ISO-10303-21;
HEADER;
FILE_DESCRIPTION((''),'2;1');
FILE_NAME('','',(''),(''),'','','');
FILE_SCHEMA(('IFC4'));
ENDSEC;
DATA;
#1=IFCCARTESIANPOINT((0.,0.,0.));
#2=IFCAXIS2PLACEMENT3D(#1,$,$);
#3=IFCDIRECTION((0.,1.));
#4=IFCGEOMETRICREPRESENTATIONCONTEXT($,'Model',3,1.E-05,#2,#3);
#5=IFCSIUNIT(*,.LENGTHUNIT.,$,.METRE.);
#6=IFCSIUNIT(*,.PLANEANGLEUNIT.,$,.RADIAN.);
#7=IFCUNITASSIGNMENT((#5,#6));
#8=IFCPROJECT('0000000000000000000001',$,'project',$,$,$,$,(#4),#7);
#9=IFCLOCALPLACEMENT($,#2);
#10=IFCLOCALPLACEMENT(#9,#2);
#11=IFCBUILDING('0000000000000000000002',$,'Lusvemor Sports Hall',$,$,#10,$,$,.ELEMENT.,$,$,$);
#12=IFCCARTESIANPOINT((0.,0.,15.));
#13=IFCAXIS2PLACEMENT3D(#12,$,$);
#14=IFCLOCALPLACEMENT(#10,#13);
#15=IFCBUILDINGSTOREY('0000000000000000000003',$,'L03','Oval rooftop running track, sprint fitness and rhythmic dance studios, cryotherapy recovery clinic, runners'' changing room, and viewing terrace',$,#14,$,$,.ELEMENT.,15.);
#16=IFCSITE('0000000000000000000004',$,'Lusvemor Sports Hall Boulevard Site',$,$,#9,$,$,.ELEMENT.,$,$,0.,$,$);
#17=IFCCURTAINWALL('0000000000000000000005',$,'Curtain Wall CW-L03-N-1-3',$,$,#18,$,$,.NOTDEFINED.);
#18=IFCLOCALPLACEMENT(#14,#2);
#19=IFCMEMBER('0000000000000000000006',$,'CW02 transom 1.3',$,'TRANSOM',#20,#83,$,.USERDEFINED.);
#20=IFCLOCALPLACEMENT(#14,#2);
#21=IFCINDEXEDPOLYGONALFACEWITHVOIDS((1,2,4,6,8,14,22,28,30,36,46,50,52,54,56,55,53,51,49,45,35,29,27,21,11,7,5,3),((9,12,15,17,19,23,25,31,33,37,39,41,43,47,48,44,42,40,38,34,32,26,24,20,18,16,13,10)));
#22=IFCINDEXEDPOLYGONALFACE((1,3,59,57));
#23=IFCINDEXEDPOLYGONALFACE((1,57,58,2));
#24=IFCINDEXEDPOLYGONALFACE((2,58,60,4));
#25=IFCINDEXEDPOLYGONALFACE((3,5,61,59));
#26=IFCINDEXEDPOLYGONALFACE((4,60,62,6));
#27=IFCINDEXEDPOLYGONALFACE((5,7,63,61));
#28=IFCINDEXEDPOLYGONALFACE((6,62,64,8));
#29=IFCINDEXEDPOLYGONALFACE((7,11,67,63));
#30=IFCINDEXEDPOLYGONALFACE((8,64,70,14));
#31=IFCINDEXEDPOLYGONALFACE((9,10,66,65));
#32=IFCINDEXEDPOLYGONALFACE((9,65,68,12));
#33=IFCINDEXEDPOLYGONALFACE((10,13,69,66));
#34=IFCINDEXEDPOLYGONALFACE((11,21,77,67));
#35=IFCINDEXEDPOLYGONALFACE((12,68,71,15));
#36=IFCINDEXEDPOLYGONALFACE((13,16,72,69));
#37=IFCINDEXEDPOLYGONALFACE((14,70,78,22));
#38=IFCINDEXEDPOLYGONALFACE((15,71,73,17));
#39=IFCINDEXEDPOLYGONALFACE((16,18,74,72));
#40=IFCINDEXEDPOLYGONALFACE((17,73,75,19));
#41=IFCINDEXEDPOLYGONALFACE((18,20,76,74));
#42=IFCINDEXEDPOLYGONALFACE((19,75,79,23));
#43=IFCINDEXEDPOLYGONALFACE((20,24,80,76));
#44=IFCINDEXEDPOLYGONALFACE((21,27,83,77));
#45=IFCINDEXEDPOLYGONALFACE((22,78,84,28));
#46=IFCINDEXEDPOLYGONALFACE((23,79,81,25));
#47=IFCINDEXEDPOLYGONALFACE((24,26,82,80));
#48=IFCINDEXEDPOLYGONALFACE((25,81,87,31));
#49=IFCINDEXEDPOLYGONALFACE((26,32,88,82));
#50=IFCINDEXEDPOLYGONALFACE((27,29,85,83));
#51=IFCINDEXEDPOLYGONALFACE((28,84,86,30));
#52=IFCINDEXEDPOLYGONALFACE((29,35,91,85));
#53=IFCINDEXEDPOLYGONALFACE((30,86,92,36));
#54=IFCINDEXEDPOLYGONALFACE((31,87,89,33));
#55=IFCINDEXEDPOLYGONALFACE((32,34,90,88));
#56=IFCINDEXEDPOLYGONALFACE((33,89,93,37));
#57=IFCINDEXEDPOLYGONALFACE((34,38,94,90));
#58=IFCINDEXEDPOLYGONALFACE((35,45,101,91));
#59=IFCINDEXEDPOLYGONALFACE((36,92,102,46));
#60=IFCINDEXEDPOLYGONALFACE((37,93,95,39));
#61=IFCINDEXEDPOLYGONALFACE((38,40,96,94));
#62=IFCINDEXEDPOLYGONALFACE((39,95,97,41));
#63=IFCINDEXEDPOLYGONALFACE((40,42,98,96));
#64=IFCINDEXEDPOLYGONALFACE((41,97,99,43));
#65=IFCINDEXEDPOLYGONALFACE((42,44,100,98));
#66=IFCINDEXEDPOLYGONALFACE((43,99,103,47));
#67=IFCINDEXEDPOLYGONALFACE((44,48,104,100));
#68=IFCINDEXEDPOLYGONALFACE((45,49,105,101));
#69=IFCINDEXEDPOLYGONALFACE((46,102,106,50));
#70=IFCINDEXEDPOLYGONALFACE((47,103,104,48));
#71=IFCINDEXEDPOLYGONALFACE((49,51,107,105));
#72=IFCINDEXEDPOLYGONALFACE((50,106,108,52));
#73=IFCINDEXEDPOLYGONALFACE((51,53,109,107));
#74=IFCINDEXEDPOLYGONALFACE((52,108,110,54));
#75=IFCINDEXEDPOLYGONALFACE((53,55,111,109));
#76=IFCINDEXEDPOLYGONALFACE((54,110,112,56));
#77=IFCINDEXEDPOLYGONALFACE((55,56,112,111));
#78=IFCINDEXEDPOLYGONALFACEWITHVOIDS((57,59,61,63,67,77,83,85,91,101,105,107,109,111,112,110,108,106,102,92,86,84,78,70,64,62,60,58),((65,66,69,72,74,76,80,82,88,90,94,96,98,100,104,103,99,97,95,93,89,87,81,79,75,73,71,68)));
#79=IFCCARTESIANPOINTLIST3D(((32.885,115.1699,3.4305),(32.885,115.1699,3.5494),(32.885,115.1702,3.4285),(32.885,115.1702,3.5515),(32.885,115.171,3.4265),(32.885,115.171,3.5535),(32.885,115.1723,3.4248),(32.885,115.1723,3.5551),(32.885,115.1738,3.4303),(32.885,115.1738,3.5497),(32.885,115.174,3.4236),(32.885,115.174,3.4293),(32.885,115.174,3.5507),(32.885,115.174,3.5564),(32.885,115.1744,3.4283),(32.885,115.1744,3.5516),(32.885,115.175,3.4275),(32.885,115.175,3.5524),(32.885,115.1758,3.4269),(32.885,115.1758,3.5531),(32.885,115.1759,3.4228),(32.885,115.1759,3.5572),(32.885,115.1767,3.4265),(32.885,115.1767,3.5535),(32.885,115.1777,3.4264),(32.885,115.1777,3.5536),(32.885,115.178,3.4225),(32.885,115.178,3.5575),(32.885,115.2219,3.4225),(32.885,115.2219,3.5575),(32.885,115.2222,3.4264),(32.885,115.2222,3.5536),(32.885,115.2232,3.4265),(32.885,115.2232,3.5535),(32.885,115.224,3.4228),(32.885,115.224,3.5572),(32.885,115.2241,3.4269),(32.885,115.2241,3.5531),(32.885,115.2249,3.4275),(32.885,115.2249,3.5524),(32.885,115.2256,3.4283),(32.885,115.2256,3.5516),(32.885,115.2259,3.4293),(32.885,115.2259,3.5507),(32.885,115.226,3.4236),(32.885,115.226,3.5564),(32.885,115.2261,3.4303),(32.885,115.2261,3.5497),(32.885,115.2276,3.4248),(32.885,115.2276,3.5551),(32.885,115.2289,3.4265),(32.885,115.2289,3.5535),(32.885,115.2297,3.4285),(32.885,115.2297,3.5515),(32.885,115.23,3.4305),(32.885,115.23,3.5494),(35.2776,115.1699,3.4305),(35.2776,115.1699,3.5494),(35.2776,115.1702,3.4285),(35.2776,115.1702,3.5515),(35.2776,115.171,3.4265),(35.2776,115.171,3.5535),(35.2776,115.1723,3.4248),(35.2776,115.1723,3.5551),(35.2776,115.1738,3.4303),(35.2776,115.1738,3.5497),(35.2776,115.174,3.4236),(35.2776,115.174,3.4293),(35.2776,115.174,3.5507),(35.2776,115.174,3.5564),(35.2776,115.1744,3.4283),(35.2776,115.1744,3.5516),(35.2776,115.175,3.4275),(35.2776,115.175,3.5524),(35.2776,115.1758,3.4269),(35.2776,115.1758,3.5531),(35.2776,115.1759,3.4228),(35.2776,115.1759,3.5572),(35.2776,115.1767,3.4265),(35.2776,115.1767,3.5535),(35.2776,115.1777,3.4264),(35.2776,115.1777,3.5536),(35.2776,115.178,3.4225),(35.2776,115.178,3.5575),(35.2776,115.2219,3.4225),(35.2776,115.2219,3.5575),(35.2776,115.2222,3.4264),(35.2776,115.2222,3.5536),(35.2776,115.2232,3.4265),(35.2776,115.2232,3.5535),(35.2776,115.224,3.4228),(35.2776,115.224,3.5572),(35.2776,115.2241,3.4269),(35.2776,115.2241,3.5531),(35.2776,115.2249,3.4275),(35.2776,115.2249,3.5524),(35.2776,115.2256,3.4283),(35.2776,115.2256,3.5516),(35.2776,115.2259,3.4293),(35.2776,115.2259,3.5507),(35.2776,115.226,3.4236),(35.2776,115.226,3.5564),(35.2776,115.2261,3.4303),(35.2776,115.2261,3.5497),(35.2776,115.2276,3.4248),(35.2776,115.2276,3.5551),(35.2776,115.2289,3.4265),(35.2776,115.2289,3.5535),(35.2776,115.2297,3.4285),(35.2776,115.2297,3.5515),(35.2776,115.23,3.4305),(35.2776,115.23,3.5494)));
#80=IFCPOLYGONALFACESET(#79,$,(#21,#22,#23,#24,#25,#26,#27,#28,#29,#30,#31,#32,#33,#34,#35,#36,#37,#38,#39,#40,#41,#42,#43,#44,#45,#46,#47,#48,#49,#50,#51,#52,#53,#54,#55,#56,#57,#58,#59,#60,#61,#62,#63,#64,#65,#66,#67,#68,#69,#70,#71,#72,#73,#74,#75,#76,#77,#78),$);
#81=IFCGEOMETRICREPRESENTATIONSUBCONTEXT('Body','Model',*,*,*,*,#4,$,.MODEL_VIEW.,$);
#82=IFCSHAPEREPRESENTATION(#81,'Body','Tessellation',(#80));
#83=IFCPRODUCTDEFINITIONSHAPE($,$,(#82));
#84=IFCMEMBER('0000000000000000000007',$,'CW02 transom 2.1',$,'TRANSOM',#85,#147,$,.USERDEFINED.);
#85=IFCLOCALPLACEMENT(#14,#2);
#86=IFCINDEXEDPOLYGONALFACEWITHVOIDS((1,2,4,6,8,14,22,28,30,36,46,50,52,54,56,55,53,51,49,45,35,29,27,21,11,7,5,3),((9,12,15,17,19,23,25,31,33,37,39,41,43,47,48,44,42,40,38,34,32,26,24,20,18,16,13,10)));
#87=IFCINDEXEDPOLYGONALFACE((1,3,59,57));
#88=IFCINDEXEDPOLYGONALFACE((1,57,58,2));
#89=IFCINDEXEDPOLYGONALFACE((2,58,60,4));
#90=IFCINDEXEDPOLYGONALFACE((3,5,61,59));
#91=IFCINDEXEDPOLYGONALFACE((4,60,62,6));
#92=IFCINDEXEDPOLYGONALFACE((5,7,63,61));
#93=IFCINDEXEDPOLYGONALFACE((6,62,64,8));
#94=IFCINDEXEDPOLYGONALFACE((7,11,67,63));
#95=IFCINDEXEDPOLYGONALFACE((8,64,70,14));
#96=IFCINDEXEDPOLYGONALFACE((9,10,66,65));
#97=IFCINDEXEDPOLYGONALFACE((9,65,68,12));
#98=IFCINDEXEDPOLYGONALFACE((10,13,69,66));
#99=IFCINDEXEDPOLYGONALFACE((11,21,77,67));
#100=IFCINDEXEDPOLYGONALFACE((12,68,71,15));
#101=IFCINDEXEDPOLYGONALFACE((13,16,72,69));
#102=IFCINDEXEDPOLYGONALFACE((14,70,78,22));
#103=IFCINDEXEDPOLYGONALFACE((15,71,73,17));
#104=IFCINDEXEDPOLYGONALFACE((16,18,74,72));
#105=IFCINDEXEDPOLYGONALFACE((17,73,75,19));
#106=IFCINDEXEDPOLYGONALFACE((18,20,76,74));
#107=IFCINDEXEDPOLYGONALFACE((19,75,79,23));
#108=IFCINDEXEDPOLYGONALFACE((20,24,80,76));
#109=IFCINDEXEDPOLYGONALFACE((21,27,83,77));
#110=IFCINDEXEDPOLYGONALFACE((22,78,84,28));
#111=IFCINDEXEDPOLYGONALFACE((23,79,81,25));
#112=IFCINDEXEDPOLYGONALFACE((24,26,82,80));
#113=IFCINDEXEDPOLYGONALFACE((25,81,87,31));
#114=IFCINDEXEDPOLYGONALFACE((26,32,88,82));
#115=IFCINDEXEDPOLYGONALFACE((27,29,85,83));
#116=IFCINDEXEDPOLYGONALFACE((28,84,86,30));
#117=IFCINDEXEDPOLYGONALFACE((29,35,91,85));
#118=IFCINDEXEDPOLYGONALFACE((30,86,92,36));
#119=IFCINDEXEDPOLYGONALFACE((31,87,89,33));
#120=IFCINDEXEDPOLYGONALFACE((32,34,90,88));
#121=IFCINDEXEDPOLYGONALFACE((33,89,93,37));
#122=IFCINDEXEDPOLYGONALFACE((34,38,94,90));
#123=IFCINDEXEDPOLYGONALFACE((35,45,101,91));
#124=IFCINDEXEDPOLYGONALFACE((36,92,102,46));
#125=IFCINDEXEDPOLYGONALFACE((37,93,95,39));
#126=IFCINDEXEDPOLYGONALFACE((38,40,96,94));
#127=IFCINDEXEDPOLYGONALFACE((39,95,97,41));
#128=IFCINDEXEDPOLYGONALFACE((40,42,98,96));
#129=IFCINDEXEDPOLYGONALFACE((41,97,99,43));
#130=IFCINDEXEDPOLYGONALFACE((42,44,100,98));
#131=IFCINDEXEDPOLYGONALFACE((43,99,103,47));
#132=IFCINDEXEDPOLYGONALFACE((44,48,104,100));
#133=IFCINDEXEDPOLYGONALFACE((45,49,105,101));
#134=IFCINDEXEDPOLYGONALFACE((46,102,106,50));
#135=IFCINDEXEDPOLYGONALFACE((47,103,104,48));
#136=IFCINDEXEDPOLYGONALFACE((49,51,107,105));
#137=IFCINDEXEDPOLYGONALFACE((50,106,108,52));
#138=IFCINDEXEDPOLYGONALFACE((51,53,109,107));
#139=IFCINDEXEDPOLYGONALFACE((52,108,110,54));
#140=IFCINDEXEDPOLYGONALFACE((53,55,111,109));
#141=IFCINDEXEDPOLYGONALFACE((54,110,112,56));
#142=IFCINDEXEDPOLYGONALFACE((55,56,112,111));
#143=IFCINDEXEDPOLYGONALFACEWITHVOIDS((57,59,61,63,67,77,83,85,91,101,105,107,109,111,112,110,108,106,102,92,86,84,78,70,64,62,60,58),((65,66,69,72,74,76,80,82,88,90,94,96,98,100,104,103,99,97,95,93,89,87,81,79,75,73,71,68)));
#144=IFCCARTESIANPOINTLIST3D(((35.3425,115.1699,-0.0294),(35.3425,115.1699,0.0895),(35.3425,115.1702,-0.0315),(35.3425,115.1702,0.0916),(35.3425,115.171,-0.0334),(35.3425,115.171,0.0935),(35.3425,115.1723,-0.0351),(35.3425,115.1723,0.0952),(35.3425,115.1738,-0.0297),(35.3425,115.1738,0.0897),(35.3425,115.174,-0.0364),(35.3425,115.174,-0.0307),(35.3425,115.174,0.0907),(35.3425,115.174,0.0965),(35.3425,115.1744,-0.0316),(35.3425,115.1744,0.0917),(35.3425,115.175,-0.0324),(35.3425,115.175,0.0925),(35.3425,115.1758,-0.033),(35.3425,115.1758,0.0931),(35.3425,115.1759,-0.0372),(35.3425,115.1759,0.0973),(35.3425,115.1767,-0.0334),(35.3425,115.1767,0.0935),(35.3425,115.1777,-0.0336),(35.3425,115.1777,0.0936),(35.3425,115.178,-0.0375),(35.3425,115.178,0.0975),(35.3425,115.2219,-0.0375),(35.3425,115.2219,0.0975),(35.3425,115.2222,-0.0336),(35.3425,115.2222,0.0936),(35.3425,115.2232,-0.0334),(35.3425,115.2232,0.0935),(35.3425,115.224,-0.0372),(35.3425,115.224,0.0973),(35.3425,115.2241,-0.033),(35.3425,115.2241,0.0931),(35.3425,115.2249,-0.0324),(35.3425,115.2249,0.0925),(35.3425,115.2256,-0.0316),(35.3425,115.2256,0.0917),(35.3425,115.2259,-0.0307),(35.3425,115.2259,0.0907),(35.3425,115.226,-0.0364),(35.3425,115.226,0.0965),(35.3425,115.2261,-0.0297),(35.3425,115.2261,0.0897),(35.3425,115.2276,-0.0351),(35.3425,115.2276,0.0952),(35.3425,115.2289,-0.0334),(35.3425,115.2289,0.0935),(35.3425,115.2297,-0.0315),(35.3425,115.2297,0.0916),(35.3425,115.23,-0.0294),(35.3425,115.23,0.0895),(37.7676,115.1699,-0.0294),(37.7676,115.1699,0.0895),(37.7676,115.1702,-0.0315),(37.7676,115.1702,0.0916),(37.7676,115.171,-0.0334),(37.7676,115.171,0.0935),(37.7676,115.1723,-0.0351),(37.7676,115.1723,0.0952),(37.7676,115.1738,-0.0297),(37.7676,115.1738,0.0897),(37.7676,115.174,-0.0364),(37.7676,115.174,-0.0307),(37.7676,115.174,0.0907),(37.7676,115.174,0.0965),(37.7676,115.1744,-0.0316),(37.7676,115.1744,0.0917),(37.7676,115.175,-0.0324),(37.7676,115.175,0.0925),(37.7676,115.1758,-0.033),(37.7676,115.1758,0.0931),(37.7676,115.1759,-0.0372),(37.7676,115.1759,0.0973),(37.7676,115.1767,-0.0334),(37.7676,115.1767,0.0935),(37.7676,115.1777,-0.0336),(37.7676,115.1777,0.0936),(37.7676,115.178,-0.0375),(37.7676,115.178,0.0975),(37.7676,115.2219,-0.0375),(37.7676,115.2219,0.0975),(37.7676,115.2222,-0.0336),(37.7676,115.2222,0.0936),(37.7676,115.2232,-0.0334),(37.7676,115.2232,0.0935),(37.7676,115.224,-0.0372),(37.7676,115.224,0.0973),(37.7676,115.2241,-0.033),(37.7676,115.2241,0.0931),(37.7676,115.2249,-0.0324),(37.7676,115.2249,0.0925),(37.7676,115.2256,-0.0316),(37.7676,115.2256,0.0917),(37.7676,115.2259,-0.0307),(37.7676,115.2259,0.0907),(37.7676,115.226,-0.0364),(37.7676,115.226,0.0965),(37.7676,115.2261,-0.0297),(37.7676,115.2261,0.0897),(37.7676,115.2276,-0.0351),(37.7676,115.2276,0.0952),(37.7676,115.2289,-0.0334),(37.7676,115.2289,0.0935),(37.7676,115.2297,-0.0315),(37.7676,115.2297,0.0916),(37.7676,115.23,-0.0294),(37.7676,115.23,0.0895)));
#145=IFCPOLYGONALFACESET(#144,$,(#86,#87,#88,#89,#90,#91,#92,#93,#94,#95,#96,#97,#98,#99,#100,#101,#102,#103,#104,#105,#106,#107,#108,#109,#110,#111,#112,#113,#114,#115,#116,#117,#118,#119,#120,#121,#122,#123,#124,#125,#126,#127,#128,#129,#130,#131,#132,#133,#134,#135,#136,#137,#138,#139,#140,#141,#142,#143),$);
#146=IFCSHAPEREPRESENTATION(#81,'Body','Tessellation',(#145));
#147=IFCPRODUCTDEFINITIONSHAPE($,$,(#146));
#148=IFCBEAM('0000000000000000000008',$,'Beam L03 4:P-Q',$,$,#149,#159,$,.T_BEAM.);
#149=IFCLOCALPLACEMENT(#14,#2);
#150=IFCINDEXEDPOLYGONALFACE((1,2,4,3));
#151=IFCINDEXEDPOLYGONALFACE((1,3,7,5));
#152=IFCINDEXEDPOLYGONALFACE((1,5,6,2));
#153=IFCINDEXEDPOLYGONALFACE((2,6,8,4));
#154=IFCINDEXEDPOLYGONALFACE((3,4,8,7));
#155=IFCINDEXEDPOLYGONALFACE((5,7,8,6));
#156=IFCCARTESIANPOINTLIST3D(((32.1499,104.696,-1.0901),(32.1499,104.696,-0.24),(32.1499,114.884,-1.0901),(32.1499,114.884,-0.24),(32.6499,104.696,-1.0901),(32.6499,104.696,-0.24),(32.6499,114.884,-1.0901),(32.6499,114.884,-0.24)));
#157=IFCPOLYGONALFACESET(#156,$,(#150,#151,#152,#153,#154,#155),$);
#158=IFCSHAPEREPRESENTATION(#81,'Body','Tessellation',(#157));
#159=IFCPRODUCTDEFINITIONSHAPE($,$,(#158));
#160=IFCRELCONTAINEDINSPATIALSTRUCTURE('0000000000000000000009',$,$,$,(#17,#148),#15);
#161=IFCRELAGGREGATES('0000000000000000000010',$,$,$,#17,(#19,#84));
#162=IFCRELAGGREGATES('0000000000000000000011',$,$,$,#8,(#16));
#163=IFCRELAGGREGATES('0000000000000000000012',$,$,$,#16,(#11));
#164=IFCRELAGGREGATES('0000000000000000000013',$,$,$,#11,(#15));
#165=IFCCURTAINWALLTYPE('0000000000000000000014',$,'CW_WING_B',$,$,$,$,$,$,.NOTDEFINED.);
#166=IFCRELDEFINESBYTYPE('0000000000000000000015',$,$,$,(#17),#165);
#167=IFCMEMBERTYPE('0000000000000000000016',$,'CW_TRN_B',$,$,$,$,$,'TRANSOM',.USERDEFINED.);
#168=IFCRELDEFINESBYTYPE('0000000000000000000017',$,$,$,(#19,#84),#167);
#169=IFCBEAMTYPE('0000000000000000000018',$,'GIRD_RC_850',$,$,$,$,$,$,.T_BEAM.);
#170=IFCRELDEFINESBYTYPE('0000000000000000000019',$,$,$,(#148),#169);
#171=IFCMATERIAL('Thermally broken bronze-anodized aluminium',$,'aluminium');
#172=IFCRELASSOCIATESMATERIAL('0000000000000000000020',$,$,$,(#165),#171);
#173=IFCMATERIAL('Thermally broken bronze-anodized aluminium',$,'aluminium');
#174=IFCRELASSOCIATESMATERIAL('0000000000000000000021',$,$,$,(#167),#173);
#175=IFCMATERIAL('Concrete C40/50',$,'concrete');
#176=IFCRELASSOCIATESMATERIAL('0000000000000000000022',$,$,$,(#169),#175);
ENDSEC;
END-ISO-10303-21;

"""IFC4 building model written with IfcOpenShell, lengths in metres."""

from ifc_helpers import new_model, si_unit, direction, frame, origin, origin_2d, place, context, subcontext, project, spatial, rectangle, hollow_rectangle, extrude, material, material_profile, profile_set, type_object, element, aggregate, save


model = new_model("IFC4")

# Units and contexts
model_context = context("Model", 3, precision=1e-05, world=origin(), true_north=direction((0.0, 1.0)))
body_context = subcontext(model_context, "Body", "Model", "MODEL_VIEW")
ifc_project = project(units=[si_unit("LENGTHUNIT", "METRE"), si_unit("PLANEANGLEUNIT", "RADIAN")], contexts=[model_context])

# Site, building, storey
site_placement = place(None, origin())
site = spatial("IfcSite", under=ifc_project, at=site_placement, Name="Lusvemor Sports Hall Boulevard Site", CompositionType="ELEMENT", RefElevation=0.0)
building_placement = place(site_placement, origin())
building = spatial("IfcBuilding", under=site, at=building_placement, Name="Lusvemor Sports Hall", CompositionType="ELEMENT")
storey_placement = place(building_placement, frame((0.0, 0.0, 15.0)))
storey = spatial("IfcBuildingStorey", under=building, at=storey_placement, Name="L03", Description="Oval rooftop running track, sprint fitness and rhythmic dance studios, cryotherapy recovery clinic, runners' changing room, and viewing terrace", CompositionType="ELEMENT", Elevation=15.0)

# Curtain wall, members
ifc_material_1 = material(Name="Thermally broken bronze-anodized aluminium", Category="aluminium")
curtain_wall_type = type_object("IfcCurtainWallType", Name="CW_WING_B", PredefinedType="NOTDEFINED", material=ifc_material_1)
curtain_wall_1_placement = place(storey_placement, origin())
curtain_wall_1 = element("IfcCurtainWall", 1, at=curtain_wall_1_placement, inside=storey, type_object=curtain_wall_type, Name="Curtain Wall CW-L03-N-1-3", PredefinedType="NOTDEFINED")
ifc_material_2 = material(Name="Thermally broken bronze-anodized aluminium", Category="aluminium")
ifc_material_profile_1 = material_profile(ifc_material_2, hollow_rectangle(XDim=0.0601, YDim=0.135, WallThickness=0.0039, InnerFilletRadius=0.0039, OuterFilletRadius=0.0081, at=origin_2d()), Name="CWTRN135x60x4")
ifc_profile_set_1 = profile_set([ifc_material_profile_1], Name="Thermally broken bronze-anodized aluminium")
member_type_1 = type_object("IfcMemberType", Name="CW_TRN_B", ElementType="TRANSOM", PredefinedType="USERDEFINED", material=ifc_profile_set_1)
member_1_placement = place(storey_placement, frame((32.885, 115.2, 3.49), z_axis=(1.0, 0.0, 0.0), x_axis=(0.0, 1.0, 0.0)))
member_1 = element("IfcMember", 2, at=member_1_placement, type_object=member_type_1, Name="CW02 transom 1.3", ObjectType="TRANSOM", PredefinedType="USERDEFINED", context=body_context, shape_type="SweptSolid", body=[
    extrude(hollow_rectangle(XDim=0.0601, YDim=0.135, WallThickness=0.0039, InnerFilletRadius=0.0039, OuterFilletRadius=0.0081, at=origin_2d()), origin(), (0.0, 0.0, 1.0), 2.3926),
])
member_2_placement = place(storey_placement, frame((35.3425, 115.2, 0.03), z_axis=(1.0, 0.0, 0.0), x_axis=(0.0, 1.0, 0.0)))
member_2 = element("IfcMember", 3, at=member_2_placement, type_object=member_type_1, Name="CW02 transom 2.1", ObjectType="TRANSOM", PredefinedType="USERDEFINED", context=body_context, shape_type="SweptSolid", body=[
    extrude(hollow_rectangle(XDim=0.0601, YDim=0.135, WallThickness=0.0039, InnerFilletRadius=0.0039, OuterFilletRadius=0.0081, at=origin_2d()), origin(), (0.0, 0.0, 1.0), 2.425),
])

# Beam
ifc_material_3 = material(Name="Concrete C40/50", Category="concrete")
ifc_material_profile_2 = material_profile(ifc_material_3, rectangle(XDim=0.5, YDim=0.8501, at=origin_2d()), Name="RC500x850")
ifc_profile_set_2 = profile_set([ifc_material_profile_2], Name="Concrete C40/50")
beam_type_1 = type_object("IfcBeamType", Name="GIRD_RC_850", PredefinedType="T_BEAM", material=ifc_profile_set_2)
beam_1_placement = place(storey_placement, frame((32.3999, 104.696, -0.665), z_axis=(0.0, 1.0, 0.0), x_axis=(-1.0, 0.0, 0.0)))
element("IfcBeam", 4, at=beam_1_placement, inside=storey, type_object=beam_type_1, Name="Beam L03 4:P-Q", PredefinedType="T_BEAM", context=body_context, shape_type="SweptSolid", body=[
    extrude(rectangle(XDim=0.5, YDim=0.8501, at=origin_2d()), origin(), (0.0, 0.0, 1.0), 10.188),
])

aggregate(curtain_wall_1, [member_1, member_2])

save(model, "model.ifc")
